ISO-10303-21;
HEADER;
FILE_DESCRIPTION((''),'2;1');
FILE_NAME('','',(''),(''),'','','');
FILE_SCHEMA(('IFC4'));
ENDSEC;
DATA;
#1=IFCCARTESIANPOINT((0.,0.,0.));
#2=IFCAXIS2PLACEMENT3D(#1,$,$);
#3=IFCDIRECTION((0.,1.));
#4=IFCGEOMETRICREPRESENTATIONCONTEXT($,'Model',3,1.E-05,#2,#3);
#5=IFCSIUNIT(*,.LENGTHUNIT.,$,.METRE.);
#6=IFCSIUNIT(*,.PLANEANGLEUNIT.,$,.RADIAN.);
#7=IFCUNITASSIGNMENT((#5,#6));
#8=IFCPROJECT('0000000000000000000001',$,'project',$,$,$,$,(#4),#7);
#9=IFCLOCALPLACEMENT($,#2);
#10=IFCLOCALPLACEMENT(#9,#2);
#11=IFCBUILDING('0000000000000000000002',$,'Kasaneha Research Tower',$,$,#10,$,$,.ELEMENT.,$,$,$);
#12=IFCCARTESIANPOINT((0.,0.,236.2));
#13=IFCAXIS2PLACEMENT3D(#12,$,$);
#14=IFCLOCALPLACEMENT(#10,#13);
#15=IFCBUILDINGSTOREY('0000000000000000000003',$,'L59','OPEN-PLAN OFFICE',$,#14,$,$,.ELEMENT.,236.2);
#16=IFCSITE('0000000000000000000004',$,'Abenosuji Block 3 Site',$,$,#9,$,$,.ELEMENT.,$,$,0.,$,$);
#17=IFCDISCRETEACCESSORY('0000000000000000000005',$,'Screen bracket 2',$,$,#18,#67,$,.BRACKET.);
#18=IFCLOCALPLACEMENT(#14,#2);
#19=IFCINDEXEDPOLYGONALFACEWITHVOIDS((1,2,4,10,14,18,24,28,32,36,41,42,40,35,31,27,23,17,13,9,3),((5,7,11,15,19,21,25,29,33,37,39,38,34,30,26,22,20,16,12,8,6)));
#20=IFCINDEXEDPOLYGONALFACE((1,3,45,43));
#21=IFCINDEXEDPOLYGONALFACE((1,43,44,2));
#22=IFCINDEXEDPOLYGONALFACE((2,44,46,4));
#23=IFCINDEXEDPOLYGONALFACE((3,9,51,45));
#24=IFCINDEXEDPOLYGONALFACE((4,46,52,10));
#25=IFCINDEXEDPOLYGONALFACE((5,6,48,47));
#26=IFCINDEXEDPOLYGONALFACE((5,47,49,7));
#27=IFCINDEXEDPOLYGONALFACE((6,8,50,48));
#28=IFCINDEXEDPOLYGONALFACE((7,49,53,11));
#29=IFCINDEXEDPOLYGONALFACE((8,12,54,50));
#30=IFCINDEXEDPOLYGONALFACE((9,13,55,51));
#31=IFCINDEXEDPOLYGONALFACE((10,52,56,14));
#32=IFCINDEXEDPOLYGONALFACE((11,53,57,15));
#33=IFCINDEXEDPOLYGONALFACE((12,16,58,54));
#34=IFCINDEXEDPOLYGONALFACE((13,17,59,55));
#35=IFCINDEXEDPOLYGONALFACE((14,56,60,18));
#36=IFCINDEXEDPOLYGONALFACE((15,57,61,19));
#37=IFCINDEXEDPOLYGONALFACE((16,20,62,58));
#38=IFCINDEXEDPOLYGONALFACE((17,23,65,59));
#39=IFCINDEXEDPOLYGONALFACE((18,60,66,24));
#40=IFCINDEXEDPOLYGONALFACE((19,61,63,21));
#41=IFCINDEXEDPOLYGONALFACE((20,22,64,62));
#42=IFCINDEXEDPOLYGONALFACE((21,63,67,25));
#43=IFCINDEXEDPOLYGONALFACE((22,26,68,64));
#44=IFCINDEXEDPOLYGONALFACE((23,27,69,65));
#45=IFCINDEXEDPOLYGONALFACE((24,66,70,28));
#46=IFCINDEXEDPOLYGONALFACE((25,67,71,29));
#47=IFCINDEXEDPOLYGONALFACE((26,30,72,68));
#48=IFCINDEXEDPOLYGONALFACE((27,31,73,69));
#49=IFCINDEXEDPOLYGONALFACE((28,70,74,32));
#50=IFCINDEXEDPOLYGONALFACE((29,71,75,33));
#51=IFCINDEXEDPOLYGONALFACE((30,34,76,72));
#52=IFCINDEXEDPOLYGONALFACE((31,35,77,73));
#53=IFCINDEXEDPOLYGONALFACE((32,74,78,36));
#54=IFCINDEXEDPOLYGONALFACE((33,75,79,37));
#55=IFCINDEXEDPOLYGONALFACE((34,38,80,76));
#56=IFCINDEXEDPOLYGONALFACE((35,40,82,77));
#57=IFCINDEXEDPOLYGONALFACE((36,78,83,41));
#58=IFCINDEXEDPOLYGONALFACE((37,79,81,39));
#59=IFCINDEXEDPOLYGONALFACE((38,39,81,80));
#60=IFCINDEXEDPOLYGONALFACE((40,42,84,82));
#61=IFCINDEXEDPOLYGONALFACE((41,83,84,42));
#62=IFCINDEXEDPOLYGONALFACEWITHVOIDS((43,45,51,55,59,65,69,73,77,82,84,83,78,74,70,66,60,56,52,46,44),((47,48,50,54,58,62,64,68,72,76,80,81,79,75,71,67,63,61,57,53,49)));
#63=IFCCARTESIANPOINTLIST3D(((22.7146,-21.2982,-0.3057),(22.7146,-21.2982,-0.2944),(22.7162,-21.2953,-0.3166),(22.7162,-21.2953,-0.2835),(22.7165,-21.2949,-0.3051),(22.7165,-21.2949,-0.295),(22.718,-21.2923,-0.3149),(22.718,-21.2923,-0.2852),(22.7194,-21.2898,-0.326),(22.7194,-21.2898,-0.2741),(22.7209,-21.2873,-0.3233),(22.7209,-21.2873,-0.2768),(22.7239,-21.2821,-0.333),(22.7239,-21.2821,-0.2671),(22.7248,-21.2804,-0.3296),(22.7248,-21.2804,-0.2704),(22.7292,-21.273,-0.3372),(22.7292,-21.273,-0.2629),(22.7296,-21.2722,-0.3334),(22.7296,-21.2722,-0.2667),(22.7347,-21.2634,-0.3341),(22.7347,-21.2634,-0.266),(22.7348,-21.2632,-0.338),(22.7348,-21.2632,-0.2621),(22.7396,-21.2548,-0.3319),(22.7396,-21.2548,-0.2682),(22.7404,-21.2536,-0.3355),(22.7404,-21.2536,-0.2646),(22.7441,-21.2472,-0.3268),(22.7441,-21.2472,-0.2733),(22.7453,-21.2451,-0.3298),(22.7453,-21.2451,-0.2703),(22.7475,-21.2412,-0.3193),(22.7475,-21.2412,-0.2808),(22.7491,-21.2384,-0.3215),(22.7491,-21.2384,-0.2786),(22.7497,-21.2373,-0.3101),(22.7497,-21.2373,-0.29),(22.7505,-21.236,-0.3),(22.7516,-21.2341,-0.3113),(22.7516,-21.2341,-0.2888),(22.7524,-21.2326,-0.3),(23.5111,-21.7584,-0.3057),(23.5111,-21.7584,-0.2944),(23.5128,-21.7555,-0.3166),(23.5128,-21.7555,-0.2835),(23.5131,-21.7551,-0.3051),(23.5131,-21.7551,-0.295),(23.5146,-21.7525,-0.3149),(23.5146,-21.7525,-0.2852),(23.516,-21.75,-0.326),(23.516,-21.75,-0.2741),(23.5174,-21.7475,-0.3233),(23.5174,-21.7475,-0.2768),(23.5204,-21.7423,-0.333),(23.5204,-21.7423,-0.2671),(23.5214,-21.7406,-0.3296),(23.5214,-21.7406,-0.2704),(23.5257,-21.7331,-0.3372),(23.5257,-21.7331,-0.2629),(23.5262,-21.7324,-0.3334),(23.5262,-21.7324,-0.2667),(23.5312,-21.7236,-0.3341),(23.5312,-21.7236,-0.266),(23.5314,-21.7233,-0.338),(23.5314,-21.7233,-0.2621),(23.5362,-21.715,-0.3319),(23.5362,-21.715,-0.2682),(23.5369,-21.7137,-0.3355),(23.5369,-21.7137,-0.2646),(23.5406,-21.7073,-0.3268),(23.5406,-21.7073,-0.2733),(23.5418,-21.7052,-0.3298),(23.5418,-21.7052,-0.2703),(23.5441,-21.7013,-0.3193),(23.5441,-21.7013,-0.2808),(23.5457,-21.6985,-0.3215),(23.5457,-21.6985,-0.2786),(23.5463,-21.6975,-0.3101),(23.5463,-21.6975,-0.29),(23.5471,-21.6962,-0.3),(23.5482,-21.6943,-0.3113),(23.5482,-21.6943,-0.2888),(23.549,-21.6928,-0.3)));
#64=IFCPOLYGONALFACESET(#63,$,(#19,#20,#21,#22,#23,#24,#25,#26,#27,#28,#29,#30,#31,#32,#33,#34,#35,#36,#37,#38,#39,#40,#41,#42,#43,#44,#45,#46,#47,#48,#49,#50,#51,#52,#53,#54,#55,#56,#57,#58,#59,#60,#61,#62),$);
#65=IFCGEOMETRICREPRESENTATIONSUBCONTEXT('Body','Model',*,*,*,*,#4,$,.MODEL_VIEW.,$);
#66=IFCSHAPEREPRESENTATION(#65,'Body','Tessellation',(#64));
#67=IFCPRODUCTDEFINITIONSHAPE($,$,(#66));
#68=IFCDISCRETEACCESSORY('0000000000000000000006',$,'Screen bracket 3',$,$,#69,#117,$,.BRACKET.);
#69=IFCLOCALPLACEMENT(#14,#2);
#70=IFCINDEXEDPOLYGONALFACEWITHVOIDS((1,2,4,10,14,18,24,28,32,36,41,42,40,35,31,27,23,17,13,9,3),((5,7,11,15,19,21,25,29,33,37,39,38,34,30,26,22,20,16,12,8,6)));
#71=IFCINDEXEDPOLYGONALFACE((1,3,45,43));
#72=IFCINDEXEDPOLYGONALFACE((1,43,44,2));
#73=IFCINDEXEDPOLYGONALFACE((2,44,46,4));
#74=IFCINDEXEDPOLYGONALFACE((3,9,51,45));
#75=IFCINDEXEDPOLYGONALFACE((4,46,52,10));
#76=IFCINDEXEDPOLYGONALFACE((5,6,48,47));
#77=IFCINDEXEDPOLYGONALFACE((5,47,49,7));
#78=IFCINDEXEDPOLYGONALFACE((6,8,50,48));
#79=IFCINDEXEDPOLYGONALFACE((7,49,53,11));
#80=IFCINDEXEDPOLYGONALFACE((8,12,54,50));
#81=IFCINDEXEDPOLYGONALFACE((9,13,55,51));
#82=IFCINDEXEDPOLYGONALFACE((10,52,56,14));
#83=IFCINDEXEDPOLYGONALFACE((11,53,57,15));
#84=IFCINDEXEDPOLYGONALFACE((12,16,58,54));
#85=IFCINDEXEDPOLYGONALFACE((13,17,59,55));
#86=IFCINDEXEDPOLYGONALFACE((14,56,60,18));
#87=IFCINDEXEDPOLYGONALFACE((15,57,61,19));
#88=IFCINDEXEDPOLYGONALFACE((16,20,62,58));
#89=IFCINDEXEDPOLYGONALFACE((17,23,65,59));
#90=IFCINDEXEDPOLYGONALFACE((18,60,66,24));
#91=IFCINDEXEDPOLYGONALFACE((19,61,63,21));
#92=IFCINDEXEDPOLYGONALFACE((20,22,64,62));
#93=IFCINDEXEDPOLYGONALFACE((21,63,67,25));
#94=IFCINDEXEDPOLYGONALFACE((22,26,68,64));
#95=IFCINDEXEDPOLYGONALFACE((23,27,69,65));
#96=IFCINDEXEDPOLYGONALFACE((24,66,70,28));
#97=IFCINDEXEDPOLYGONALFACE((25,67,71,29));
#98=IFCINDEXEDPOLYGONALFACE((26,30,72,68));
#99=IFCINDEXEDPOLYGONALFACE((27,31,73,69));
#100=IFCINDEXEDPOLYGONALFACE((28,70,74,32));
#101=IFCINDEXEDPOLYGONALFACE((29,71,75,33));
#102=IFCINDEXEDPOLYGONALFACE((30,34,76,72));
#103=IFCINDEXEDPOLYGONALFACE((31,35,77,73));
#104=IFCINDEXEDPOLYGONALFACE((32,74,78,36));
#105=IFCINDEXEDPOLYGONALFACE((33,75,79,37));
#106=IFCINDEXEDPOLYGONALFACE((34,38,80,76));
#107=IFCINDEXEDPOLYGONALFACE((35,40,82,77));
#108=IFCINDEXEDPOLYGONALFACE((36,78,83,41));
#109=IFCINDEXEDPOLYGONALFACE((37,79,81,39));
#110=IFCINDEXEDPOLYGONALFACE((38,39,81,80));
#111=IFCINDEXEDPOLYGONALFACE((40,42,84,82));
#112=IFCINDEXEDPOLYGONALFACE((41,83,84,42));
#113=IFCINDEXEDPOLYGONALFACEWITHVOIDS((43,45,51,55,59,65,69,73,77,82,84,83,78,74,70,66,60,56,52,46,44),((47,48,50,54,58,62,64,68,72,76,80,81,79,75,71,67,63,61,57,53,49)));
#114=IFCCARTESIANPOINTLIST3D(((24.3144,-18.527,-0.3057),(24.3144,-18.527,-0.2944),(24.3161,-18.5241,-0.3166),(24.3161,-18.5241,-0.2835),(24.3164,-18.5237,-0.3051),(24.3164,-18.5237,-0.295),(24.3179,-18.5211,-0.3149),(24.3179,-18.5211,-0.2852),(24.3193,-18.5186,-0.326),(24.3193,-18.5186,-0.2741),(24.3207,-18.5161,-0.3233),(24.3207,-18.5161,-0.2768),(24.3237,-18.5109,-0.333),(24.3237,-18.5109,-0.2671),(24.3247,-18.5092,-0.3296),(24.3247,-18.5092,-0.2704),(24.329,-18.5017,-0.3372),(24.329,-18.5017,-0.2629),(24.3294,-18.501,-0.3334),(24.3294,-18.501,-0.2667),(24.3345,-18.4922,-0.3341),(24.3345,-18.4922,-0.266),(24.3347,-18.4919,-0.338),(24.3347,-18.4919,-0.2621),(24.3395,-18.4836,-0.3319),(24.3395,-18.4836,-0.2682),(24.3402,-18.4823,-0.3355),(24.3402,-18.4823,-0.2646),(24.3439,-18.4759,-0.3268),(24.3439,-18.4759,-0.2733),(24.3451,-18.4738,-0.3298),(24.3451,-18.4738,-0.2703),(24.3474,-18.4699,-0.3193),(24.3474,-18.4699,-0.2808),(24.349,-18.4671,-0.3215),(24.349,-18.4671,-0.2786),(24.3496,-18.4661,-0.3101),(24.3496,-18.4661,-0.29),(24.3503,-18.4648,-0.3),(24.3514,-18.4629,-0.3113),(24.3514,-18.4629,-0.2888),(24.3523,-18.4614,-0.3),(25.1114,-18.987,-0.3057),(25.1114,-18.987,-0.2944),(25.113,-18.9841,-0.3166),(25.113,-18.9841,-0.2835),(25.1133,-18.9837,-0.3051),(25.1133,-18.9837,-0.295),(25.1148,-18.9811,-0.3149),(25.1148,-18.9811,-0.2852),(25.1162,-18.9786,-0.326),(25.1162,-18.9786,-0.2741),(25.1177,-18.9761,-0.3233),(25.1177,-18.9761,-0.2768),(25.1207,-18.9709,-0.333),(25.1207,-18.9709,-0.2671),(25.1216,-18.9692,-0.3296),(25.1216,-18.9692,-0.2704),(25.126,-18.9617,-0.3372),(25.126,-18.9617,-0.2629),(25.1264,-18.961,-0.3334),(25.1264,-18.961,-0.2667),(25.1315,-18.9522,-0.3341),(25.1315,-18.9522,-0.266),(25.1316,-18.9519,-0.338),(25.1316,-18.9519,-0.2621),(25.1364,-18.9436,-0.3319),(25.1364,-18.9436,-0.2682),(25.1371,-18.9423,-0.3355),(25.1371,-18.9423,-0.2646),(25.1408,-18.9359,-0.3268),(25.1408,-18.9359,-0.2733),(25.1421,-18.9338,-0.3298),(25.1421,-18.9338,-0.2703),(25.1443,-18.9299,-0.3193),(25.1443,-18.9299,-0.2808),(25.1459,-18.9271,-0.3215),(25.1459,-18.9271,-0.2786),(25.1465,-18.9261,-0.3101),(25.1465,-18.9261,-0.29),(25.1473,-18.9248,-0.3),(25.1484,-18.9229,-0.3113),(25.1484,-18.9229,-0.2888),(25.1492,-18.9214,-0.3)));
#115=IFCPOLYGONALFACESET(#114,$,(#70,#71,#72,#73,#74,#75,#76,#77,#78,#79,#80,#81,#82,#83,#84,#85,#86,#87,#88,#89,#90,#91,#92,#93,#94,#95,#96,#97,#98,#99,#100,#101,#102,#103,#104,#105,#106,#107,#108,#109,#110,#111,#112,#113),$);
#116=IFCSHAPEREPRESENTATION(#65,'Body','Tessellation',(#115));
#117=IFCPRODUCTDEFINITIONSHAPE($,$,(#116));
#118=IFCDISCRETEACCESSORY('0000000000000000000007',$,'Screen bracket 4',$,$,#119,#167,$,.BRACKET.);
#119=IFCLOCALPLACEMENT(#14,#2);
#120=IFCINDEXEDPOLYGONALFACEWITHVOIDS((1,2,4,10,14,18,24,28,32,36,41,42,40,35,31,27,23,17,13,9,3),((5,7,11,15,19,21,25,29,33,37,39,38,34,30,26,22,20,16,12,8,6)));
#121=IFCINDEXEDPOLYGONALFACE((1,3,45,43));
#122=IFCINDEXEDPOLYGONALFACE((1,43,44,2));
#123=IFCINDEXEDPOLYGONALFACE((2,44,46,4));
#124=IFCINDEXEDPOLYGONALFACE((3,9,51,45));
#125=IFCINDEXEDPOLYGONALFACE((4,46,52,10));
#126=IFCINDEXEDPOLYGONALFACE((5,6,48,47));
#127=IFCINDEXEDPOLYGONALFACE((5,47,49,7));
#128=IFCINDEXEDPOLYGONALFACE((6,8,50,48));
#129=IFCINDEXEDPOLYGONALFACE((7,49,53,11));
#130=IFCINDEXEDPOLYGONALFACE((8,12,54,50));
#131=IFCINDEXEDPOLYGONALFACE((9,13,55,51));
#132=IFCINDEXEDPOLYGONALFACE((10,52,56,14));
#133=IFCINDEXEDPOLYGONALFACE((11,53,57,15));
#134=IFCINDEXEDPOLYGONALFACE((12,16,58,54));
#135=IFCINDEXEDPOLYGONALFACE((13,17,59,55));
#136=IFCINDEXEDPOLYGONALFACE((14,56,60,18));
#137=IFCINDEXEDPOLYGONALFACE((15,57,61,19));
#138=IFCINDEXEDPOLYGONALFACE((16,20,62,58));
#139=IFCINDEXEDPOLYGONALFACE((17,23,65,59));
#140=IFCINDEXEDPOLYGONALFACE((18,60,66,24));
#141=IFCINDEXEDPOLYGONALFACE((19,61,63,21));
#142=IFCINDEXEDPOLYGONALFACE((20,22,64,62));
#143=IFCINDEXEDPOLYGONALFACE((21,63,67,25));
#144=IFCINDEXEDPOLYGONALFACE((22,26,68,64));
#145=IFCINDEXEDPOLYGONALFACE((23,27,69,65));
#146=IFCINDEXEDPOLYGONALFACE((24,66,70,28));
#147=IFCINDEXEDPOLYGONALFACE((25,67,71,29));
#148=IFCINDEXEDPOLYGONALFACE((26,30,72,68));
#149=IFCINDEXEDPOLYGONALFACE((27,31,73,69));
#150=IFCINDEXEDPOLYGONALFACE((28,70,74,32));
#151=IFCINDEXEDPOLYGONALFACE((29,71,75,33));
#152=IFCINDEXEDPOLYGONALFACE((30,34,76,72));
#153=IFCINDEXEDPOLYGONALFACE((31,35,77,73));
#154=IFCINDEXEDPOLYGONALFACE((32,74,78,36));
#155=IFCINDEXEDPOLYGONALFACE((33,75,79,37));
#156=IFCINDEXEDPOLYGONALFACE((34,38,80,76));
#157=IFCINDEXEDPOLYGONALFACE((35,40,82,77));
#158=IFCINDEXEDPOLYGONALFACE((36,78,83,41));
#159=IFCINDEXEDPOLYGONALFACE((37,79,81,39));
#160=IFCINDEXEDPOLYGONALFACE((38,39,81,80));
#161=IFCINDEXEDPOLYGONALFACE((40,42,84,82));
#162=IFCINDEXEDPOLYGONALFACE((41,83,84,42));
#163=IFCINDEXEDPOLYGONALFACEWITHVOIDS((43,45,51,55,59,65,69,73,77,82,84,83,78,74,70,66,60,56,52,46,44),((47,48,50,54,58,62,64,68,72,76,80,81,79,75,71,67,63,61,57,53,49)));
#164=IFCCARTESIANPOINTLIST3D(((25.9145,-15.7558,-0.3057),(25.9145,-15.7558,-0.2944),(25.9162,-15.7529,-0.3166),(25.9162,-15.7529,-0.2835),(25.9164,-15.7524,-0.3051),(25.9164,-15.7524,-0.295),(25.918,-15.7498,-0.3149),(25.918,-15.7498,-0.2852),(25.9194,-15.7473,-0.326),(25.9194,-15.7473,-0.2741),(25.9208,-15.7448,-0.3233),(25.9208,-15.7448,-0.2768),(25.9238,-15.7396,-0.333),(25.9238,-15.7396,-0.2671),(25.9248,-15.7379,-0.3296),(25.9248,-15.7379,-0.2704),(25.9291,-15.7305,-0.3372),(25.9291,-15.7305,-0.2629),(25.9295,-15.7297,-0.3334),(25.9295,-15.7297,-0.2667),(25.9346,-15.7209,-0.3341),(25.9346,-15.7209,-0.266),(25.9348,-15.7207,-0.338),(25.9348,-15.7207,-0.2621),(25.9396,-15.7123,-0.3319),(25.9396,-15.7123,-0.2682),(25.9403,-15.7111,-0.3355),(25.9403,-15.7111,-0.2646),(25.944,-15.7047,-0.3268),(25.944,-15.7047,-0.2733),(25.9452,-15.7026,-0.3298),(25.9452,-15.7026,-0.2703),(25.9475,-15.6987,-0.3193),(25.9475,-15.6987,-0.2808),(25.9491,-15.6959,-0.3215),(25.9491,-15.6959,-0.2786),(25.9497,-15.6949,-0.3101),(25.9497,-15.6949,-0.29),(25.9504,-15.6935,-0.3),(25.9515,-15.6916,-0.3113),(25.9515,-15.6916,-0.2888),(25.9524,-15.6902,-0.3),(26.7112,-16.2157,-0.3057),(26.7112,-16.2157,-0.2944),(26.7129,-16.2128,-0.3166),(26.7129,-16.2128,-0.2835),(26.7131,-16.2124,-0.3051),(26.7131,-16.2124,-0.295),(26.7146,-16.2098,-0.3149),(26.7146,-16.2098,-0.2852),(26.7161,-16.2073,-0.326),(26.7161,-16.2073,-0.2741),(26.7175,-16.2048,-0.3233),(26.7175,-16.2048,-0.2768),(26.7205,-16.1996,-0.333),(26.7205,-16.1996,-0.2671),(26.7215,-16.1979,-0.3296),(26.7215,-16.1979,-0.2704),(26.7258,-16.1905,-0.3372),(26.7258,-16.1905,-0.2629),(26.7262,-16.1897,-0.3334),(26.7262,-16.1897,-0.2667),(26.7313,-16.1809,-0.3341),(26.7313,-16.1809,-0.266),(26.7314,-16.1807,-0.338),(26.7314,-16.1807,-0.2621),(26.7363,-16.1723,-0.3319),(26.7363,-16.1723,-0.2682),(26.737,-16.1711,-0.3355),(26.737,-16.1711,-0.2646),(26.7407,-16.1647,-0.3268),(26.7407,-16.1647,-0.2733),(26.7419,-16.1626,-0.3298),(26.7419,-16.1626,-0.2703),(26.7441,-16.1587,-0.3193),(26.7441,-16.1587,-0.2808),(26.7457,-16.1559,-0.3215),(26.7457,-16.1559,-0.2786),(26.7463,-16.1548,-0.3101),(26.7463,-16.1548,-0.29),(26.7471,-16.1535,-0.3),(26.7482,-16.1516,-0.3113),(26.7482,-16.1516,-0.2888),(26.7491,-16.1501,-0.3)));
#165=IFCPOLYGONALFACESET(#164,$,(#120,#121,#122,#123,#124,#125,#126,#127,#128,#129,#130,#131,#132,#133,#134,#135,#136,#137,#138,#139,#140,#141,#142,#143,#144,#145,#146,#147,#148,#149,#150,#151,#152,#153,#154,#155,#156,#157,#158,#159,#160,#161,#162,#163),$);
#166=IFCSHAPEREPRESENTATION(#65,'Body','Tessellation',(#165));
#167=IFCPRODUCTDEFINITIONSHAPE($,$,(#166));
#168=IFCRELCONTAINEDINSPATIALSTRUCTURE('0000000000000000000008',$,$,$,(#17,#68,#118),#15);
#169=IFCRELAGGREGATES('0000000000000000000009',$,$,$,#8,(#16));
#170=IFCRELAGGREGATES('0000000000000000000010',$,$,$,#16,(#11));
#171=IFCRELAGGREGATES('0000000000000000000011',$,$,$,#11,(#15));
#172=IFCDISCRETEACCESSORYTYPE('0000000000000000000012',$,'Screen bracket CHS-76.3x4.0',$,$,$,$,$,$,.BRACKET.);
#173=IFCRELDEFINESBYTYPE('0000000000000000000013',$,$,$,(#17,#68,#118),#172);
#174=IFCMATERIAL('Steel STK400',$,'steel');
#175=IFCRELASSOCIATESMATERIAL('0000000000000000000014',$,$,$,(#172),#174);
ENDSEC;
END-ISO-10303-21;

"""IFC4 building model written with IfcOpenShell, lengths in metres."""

from ifc_helpers import new_model, si_unit, direction, frame, origin, origin_2d, place, context, subcontext, project, spatial, hollow_circle, extrude, material, material_profile, profile_set, type_object, element, save


model = new_model("IFC4")

# Units and contexts
model_context = context("Model", 3, precision=1e-05, world=origin(), true_north=direction((0.0, 1.0)))
body_context = subcontext(model_context, "Body", "Model", "MODEL_VIEW")
ifc_project = project(units=[si_unit("LENGTHUNIT", "METRE"), si_unit("PLANEANGLEUNIT", "RADIAN")], contexts=[model_context])

# Site, building, storey
site_placement = place(None, origin())
site = spatial("IfcSite", under=ifc_project, at=site_placement, Name="Abenosuji Block 3 Site", CompositionType="ELEMENT", RefElevation=0.0)
building_placement = place(site_placement, origin())
building = spatial("IfcBuilding", under=site, at=building_placement, Name="Kasaneha Research Tower", CompositionType="ELEMENT")
storey_placement = place(building_placement, frame((0.0, 0.0, 236.2)))
storey = spatial("IfcBuildingStorey", under=building, at=storey_placement, Name="L59", Description="OPEN-PLAN OFFICE", CompositionType="ELEMENT", Elevation=236.2)

# Discrete accessories
ifc_material_1 = material(Name="Steel STK400", Category="steel")
ifc_material_profile_1 = material_profile(ifc_material_1, hollow_circle(Radius=0.0381, WallThickness=0.0039, at=origin_2d()), Name="CHS-76.3x4.0")
ifc_profile_set_1 = profile_set([ifc_material_profile_1], Name="Steel STK400")
discrete_accessory_type = type_object("IfcDiscreteAccessoryType", Name="Screen bracket CHS-76.3x4.0", PredefinedType="BRACKET", material=ifc_profile_set_1)
discrete_accessory_1_placement = place(storey_placement, frame((22.7334, -21.2656, -0.3), z_axis=(0.865898, -0.50022, 0.0), x_axis=(0.50022, 0.865898, 0.0)))
element("IfcDiscreteAccessory", 1, at=discrete_accessory_1_placement, inside=storey, type_object=discrete_accessory_type, Name="Screen bracket 2", PredefinedType="BRACKET", context=body_context, shape_type="SweptSolid", body=[
    extrude(hollow_circle(Radius=0.0381, WallThickness=0.0039, at=origin_2d()), origin(), (0.0, 0.0, 1.0), 0.9199),
])
discrete_accessory_2_placement = place(storey_placement, frame((24.3333, -18.4944, -0.3), z_axis=(0.86608, -0.499906, 0.0), x_axis=(0.499906, 0.86608, 0.0)))
element("IfcDiscreteAccessory", 2, at=discrete_accessory_2_placement, inside=storey, type_object=discrete_accessory_type, Name="Screen bracket 3", PredefinedType="BRACKET", context=body_context, shape_type="SweptSolid", body=[
    extrude(hollow_circle(Radius=0.0381, WallThickness=0.0039, at=origin_2d()), origin(), (0.0, 0.0, 1.0), 0.9202),
])
discrete_accessory_3_placement = place(storey_placement, frame((25.9333, -15.7231, -0.3), z_axis=(0.866013, -0.500021, 0.0), x_axis=(0.500021, 0.866013, 0.0)))
element("IfcDiscreteAccessory", 3, at=discrete_accessory_3_placement, inside=storey, type_object=discrete_accessory_type, Name="Screen bracket 4", PredefinedType="BRACKET", context=body_context, shape_type="SweptSolid", body=[
    extrude(hollow_circle(Radius=0.0381, WallThickness=0.0039, at=origin_2d()), origin(), (0.0, 0.0, 1.0), 0.9199),
])

save(model, "model.ifc")
